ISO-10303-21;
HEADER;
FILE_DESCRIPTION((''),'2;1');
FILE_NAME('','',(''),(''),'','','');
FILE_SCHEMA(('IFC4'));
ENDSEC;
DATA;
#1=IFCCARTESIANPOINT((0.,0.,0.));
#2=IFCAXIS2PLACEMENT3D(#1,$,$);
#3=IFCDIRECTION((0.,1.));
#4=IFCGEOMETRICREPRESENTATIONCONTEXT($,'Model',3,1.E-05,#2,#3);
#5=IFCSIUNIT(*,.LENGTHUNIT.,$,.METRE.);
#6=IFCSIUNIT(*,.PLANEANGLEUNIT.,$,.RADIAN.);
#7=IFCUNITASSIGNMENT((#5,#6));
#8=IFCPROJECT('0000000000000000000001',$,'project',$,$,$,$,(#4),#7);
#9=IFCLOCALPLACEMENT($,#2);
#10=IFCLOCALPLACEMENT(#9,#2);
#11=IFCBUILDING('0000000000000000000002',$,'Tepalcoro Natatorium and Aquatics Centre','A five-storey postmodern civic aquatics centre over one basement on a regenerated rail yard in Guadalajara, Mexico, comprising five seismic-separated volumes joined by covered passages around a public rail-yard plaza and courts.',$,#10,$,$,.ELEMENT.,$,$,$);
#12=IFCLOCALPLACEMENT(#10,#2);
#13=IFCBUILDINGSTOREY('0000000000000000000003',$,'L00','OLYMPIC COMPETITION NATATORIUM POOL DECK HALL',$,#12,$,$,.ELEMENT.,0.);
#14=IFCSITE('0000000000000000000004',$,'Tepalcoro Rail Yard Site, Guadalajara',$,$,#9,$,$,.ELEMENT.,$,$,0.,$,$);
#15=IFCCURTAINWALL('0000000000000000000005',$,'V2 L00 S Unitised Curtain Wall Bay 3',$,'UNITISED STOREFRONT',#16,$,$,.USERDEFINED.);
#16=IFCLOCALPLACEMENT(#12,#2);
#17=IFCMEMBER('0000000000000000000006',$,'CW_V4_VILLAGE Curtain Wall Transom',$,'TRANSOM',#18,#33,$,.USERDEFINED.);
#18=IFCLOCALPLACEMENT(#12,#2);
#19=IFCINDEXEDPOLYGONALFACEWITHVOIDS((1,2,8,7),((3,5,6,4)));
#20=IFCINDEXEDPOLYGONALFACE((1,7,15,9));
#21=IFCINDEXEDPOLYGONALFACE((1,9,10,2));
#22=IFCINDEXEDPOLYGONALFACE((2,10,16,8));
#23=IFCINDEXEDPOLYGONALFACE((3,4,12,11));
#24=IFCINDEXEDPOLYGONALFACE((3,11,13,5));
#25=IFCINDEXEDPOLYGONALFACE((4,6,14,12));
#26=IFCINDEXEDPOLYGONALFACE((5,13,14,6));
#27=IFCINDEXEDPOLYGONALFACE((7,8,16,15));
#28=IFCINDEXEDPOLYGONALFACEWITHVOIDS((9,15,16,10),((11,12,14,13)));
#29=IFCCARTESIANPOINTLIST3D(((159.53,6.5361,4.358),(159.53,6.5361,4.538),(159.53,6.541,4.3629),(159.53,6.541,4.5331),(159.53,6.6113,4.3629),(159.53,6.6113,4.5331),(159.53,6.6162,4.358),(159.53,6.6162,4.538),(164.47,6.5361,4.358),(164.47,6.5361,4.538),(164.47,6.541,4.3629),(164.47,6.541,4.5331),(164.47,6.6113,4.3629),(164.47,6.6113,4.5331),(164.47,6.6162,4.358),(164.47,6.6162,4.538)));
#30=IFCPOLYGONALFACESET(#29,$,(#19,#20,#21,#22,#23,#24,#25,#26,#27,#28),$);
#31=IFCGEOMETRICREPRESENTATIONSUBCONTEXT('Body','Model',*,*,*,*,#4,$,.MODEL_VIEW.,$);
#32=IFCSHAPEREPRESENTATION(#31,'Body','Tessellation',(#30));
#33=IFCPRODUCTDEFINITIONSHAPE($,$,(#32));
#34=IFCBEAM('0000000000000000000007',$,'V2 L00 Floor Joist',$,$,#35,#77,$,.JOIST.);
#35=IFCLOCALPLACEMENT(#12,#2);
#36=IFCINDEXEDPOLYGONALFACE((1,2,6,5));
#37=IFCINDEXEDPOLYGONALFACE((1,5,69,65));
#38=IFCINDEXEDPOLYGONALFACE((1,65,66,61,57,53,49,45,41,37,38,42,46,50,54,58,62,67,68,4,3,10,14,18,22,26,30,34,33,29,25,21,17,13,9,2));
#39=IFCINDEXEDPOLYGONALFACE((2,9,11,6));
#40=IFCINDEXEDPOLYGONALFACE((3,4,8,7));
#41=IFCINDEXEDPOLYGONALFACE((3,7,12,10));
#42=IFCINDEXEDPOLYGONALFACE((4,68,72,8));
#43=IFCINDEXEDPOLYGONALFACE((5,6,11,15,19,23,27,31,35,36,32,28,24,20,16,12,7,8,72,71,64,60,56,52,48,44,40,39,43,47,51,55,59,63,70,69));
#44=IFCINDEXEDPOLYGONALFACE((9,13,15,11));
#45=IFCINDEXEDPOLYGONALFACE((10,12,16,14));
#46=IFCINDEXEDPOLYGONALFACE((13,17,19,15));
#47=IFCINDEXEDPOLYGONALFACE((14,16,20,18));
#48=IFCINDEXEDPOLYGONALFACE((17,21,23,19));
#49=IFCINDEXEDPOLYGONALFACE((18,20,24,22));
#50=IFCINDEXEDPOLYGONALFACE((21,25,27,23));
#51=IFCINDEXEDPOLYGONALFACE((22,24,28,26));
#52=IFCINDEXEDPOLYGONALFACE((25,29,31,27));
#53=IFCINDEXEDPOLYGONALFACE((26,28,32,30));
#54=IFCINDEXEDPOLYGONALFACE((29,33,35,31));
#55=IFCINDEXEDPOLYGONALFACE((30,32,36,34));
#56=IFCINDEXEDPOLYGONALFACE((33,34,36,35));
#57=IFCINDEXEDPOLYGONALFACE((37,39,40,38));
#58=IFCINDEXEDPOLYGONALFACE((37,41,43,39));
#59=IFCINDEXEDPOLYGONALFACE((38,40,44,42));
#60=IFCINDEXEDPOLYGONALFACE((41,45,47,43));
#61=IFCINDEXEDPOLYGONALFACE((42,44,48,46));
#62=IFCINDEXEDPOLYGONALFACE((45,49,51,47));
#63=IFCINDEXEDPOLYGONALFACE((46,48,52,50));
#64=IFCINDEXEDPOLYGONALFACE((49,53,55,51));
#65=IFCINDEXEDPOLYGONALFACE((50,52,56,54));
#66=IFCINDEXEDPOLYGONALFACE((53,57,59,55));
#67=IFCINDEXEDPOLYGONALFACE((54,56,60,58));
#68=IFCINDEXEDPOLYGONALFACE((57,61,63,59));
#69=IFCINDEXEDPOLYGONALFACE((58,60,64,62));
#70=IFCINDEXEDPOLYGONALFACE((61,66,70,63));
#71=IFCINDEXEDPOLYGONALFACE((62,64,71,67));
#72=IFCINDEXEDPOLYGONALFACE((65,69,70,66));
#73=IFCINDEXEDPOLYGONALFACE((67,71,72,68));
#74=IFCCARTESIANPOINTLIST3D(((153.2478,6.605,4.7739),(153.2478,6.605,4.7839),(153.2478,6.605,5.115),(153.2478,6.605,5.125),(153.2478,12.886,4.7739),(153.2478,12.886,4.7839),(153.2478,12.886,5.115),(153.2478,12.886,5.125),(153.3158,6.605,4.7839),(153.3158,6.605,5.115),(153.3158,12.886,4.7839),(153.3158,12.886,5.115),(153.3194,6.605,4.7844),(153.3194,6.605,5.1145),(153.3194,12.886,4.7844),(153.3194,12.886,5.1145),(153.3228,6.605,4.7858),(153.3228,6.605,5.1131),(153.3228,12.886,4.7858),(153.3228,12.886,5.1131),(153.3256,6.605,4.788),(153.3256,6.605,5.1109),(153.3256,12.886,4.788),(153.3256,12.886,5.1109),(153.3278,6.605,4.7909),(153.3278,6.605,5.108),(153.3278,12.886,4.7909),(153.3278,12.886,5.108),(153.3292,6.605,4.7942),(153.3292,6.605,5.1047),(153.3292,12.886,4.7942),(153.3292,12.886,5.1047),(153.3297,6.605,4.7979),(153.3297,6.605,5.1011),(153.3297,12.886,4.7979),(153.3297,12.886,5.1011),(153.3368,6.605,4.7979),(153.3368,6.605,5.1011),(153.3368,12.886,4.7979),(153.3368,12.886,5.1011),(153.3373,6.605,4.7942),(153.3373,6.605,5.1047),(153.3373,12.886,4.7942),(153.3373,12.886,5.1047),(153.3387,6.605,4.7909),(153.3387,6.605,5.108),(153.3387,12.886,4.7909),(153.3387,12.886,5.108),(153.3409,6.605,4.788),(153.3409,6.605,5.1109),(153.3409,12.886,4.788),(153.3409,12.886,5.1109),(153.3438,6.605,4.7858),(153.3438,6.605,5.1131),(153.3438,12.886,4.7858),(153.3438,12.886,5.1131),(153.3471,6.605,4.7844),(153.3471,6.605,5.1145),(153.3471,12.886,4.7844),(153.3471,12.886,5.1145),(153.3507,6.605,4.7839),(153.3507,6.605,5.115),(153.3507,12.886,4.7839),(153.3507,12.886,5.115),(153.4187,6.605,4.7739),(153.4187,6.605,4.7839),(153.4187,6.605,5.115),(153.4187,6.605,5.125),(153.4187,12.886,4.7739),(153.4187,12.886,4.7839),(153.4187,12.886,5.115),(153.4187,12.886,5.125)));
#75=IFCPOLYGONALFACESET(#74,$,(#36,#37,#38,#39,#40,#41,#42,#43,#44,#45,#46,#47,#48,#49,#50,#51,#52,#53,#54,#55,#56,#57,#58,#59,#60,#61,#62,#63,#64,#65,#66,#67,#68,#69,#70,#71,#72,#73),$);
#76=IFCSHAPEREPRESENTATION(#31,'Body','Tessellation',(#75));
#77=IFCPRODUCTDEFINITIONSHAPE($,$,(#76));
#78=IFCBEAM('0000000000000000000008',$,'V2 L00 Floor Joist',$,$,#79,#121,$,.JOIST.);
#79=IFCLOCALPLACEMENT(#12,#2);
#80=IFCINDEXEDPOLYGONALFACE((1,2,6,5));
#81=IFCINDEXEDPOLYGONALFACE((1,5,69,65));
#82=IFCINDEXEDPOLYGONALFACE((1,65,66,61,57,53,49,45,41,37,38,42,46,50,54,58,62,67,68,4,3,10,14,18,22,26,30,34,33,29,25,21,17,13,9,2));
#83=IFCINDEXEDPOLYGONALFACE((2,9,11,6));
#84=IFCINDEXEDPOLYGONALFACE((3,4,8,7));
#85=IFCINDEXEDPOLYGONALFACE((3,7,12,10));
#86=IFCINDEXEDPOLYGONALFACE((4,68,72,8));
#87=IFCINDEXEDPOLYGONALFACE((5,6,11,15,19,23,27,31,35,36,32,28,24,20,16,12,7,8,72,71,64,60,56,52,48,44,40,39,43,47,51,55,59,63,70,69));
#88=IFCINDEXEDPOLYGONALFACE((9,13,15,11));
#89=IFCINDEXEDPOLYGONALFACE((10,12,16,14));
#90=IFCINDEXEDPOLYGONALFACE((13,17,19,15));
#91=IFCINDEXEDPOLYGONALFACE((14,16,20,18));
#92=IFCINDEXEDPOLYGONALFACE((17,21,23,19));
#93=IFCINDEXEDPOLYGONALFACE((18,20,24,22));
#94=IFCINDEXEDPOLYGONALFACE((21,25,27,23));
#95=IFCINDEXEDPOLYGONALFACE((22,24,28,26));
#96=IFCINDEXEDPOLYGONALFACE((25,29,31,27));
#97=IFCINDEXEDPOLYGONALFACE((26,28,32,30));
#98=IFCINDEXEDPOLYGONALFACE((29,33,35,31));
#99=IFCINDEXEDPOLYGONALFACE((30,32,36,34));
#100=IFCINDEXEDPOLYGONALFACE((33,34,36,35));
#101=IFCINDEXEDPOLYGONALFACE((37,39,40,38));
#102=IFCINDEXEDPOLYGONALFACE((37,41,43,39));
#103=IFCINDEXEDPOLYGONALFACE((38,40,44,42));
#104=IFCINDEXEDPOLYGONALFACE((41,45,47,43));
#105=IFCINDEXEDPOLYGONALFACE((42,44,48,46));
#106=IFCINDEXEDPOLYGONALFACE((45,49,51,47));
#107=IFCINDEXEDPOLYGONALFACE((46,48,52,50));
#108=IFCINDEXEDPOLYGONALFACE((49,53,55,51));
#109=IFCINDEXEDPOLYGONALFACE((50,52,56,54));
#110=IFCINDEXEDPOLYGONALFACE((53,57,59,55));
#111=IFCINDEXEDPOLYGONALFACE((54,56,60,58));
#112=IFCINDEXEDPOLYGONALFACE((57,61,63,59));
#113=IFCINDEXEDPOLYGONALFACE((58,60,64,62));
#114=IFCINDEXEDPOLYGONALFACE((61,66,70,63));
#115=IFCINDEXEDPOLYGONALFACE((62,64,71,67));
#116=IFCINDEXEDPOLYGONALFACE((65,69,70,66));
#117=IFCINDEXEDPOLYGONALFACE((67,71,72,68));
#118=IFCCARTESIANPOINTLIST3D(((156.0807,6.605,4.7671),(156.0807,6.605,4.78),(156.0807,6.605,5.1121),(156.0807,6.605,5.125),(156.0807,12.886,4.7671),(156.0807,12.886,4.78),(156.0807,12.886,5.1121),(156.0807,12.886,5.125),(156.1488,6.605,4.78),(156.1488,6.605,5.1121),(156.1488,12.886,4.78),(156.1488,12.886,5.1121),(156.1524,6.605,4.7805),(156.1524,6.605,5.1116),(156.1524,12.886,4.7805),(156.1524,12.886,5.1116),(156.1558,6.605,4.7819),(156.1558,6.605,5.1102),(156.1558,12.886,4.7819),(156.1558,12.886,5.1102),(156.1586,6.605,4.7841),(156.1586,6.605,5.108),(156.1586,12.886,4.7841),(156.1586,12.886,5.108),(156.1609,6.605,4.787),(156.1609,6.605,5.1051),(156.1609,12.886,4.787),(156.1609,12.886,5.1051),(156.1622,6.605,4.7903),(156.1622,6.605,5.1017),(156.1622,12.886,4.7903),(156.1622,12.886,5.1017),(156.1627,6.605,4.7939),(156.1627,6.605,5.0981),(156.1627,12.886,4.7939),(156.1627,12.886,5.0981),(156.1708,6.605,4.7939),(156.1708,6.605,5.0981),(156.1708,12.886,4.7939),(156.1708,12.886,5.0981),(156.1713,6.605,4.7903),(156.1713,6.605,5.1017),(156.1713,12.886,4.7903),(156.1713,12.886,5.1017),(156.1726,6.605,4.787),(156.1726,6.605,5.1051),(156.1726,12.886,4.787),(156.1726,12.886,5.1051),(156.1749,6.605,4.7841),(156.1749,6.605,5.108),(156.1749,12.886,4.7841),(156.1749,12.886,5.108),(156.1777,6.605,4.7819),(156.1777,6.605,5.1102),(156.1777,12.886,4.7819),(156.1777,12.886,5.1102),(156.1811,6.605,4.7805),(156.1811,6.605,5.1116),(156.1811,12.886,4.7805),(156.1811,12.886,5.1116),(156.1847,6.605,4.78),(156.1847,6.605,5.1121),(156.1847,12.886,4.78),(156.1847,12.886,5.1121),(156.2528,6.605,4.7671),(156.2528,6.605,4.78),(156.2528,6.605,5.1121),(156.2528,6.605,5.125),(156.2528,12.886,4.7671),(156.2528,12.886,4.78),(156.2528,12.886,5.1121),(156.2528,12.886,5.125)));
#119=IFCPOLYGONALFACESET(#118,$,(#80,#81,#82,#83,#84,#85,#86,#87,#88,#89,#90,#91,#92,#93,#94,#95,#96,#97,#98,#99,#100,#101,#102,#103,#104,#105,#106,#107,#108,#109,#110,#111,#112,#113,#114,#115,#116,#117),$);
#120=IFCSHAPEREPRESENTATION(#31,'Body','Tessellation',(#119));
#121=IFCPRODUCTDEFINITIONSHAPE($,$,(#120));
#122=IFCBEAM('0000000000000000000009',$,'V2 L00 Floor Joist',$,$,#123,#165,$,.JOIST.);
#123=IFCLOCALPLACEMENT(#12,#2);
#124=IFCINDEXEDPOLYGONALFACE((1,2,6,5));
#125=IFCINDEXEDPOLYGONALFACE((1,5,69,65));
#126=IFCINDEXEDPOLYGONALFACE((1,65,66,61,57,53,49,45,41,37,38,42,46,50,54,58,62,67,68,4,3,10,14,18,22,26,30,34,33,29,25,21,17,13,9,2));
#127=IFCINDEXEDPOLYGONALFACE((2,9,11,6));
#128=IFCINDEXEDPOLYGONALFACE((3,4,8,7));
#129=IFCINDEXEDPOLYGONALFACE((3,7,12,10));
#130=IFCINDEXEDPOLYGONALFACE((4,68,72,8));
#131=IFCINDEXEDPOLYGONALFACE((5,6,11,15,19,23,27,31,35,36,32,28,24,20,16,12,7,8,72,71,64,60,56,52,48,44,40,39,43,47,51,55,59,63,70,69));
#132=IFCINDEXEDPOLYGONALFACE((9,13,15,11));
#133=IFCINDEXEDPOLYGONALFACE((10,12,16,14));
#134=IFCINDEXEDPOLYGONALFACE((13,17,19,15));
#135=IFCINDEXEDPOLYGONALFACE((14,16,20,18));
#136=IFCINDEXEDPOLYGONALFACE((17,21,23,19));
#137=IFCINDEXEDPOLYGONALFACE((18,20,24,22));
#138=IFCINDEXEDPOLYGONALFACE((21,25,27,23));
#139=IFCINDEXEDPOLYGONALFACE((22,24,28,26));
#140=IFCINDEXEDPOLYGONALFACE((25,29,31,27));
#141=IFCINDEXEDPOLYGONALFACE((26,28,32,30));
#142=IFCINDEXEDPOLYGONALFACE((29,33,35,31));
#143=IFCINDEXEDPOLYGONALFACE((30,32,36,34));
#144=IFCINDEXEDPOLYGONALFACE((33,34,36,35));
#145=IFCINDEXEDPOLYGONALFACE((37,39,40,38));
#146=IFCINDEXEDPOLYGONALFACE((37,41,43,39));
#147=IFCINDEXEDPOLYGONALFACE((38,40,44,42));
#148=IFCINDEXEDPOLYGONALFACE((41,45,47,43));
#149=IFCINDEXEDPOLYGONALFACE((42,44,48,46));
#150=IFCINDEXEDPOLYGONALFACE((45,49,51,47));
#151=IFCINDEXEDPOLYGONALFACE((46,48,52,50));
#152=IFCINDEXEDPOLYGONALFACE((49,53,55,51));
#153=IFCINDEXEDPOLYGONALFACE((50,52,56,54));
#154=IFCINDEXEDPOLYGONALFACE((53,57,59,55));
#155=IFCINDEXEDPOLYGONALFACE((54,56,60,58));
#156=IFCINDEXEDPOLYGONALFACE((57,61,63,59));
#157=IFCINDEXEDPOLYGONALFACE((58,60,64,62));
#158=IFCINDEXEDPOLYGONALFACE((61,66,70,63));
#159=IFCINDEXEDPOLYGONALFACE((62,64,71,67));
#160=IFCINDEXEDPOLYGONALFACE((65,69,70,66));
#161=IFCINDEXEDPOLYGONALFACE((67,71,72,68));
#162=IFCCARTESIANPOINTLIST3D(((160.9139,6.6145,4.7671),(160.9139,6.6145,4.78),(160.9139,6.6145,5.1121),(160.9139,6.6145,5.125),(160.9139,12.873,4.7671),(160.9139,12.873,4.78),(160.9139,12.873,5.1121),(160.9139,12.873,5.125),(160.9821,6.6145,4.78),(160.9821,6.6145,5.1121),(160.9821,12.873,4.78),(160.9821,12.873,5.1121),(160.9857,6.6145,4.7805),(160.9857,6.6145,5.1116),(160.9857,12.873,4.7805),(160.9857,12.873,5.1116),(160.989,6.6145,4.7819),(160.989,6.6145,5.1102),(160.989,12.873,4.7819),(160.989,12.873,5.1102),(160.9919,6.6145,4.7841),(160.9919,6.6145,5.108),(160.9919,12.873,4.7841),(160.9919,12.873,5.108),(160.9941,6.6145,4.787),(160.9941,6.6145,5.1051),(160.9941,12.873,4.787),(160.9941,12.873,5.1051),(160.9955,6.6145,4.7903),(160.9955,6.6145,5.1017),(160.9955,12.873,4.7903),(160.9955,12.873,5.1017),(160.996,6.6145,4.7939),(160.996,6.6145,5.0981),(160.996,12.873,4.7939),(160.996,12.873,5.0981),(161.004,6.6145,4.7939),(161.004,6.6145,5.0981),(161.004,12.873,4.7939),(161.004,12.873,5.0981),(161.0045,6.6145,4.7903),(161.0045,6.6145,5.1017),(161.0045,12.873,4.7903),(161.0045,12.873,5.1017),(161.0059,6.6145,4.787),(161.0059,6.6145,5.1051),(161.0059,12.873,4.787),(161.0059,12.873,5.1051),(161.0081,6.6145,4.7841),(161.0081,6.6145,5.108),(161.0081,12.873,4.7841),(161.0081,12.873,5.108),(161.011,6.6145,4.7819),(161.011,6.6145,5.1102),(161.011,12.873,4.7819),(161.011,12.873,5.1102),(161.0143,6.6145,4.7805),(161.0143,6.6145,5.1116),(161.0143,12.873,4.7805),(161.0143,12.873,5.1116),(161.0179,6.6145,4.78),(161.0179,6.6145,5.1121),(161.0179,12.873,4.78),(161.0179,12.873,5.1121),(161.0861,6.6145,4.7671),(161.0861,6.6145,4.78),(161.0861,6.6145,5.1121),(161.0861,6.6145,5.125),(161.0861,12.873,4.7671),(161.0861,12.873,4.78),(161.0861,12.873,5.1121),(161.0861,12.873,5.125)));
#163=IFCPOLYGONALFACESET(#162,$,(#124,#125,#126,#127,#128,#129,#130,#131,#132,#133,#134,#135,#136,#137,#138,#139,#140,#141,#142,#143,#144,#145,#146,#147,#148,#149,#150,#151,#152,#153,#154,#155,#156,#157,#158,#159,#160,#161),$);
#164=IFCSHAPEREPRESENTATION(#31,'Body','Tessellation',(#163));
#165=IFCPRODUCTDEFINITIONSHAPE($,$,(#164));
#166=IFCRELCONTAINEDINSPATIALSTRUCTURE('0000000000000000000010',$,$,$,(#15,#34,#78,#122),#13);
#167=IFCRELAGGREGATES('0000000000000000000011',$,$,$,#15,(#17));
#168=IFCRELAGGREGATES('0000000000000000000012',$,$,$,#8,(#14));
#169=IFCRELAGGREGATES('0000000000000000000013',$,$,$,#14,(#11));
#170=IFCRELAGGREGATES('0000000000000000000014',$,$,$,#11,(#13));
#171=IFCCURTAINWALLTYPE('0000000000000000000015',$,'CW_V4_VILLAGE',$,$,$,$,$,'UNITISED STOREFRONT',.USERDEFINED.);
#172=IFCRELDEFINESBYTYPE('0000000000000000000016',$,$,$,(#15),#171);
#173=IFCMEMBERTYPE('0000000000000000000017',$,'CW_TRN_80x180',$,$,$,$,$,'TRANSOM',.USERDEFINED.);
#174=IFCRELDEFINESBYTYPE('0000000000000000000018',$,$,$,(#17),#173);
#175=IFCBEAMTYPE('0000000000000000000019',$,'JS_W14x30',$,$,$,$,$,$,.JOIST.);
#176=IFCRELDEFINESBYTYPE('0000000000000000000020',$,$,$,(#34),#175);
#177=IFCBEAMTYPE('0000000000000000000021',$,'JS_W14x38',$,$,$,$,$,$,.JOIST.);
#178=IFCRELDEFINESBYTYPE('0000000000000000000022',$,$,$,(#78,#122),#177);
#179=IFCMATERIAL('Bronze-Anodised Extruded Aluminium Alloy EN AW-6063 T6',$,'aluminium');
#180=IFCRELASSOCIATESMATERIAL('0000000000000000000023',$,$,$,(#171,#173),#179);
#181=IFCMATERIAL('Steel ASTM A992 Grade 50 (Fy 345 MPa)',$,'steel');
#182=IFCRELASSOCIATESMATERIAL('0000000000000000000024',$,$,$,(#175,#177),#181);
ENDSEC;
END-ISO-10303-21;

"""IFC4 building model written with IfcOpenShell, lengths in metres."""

from ifc_helpers import new_model, si_unit, direction, frame, origin, origin_2d, place, context, subcontext, project, spatial, hollow_rectangle, i_section, extrude, material, material_profile, profile_set, type_object, element, aggregate, save


model = new_model("IFC4")

# Units and contexts
model_context = context("Model", 3, precision=1e-05, world=origin(), true_north=direction((0.0, 1.0)))
body_context = subcontext(model_context, "Body", "Model", "MODEL_VIEW")
ifc_project = project(units=[si_unit("LENGTHUNIT", "METRE"), si_unit("PLANEANGLEUNIT", "RADIAN")], contexts=[model_context])

# Site, building, storey
site_placement = place(None, origin())
site = spatial("IfcSite", under=ifc_project, at=site_placement, Name="Tepalcoro Rail Yard Site, Guadalajara", CompositionType="ELEMENT", RefElevation=0.0)
building_placement = place(site_placement, origin())
building = spatial("IfcBuilding", under=site, at=building_placement, Name="Tepalcoro Natatorium and Aquatics Centre", Description="A five-storey postmodern civic aquatics centre over one basement on a regenerated rail yard in Guadalajara, Mexico, comprising five seismic-separated volumes joined by covered passages around a public rail-yard plaza and courts.", CompositionType="ELEMENT")
storey_placement = place(building_placement, origin())
storey = spatial("IfcBuildingStorey", under=building, at=storey_placement, Name="L00", Description="OLYMPIC COMPETITION NATATORIUM POOL DECK HALL", CompositionType="ELEMENT", Elevation=0.0)

# Shared definitions
ifc_material_1 = material(Name="Steel ASTM A992 Grade 50 (Fy 345 MPa)", Category="steel")

# Curtain wall, member
ifc_material_2 = material(Name="Bronze-Anodised Extruded Aluminium Alloy EN AW-6063 T6", Category="aluminium")
curtain_wall_type = type_object("IfcCurtainWallType", Name="CW_V4_VILLAGE", ElementType="UNITISED STOREFRONT", PredefinedType="USERDEFINED", material=ifc_material_2)
curtain_wall_placement = place(storey_placement, origin())
curtain_wall = element("IfcCurtainWall", 1, at=curtain_wall_placement, inside=storey, type_object=curtain_wall_type, Name="V2 L00 S Unitised Curtain Wall Bay 3", ObjectType="UNITISED STOREFRONT", PredefinedType="USERDEFINED")
ifc_material_profile_1 = material_profile(ifc_material_2, hollow_rectangle(XDim=0.0801, YDim=0.1799, WallThickness=0.0049, at=origin_2d()), Name="AL80X180X5")
ifc_profile_set_1 = profile_set([ifc_material_profile_1], Name="Bronze-Anodised Extruded Aluminium Alloy EN AW-6063 T6")
member_type_1 = type_object("IfcMemberType", Name="CW_TRN_80x180", ElementType="TRANSOM", PredefinedType="USERDEFINED", material=ifc_profile_set_1)
member_1_placement = place(storey_placement, frame((159.53, 6.5762, 4.448), z_axis=(1.0, 0.0, 0.0), x_axis=(0.0, 1.0, 0.0)))
member_1 = element("IfcMember", 2, at=member_1_placement, type_object=member_type_1, Name="CW_V4_VILLAGE Curtain Wall Transom", ObjectType="TRANSOM", PredefinedType="USERDEFINED", context=body_context, shape_type="SweptSolid", body=[
    extrude(hollow_rectangle(XDim=0.0801, YDim=0.1799, WallThickness=0.0049, at=origin_2d()), origin(), (0.0, 0.0, 1.0), 4.9399),
])

# Beams
ifc_material_profile_2 = material_profile(ifc_material_1, i_section(OverallWidth=0.1709, OverallDepth=0.3511, WebThickness=0.0071, FlangeThickness=0.01, FilletRadius=0.0139, at=origin_2d()), Name="W14X30")
ifc_profile_set_2 = profile_set([ifc_material_profile_2], Name="Steel ASTM A992 Grade 50 (Fy 345 MPa)")
beam_type_1 = type_object("IfcBeamType", Name="JS_W14x30", PredefinedType="JOIST", material=ifc_profile_set_2)
beam_1_placement = place(storey_placement, frame((153.3333, 6.605, 4.9495), z_axis=(0.0, 1.0, 0.0), x_axis=(-1.0, 0.0, 0.0)))
element("IfcBeam", 3, at=beam_1_placement, inside=storey, type_object=beam_type_1, Name="V2 L00 Floor Joist", PredefinedType="JOIST", context=body_context, shape_type="SweptSolid", body=[
    extrude(i_section(OverallWidth=0.1709, OverallDepth=0.3511, WebThickness=0.0071, FlangeThickness=0.01, FilletRadius=0.0139, at=origin_2d()), origin(), (0.0, 0.0, 1.0), 6.281),
])
ifc_material_profile_3 = material_profile(ifc_material_1, i_section(OverallWidth=0.1721, OverallDepth=0.3579, WebThickness=0.0081, FlangeThickness=0.0129, FilletRadius=0.0139, at=origin_2d()), Name="W14X38")
ifc_profile_set_3 = profile_set([ifc_material_profile_3], Name="Steel ASTM A992 Grade 50 (Fy 345 MPa)")
beam_type_2 = type_object("IfcBeamType", Name="JS_W14x38", PredefinedType="JOIST", material=ifc_profile_set_3)
beam_2_placement = place(storey_placement, frame((156.1667, 6.605, 4.946), z_axis=(0.0, 1.0, 0.0), x_axis=(-1.0, 0.0, 0.0)))
element("IfcBeam", 4, at=beam_2_placement, inside=storey, type_object=beam_type_2, Name="V2 L00 Floor Joist", PredefinedType="JOIST", context=body_context, shape_type="SweptSolid", body=[
    extrude(i_section(OverallWidth=0.1721, OverallDepth=0.3579, WebThickness=0.0081, FlangeThickness=0.0129, FilletRadius=0.0139, at=origin_2d()), origin(), (0.0, 0.0, 1.0), 6.281),
])
beam_3_placement = place(storey_placement, frame((161.0, 6.6145, 4.946), z_axis=(0.0, 1.0, 0.0), x_axis=(-1.0, 0.0, 0.0)))
element("IfcBeam", 5, at=beam_3_placement, inside=storey, type_object=beam_type_2, Name="V2 L00 Floor Joist", PredefinedType="JOIST", context=body_context, shape_type="SweptSolid", body=[
    extrude(i_section(OverallWidth=0.1721, OverallDepth=0.3579, WebThickness=0.0081, FlangeThickness=0.0129, FilletRadius=0.0139, at=origin_2d()), origin(), (0.0, 0.0, 1.0), 6.2585),
])

aggregate(curtain_wall, [member_1])

save(model, "model.ifc")
